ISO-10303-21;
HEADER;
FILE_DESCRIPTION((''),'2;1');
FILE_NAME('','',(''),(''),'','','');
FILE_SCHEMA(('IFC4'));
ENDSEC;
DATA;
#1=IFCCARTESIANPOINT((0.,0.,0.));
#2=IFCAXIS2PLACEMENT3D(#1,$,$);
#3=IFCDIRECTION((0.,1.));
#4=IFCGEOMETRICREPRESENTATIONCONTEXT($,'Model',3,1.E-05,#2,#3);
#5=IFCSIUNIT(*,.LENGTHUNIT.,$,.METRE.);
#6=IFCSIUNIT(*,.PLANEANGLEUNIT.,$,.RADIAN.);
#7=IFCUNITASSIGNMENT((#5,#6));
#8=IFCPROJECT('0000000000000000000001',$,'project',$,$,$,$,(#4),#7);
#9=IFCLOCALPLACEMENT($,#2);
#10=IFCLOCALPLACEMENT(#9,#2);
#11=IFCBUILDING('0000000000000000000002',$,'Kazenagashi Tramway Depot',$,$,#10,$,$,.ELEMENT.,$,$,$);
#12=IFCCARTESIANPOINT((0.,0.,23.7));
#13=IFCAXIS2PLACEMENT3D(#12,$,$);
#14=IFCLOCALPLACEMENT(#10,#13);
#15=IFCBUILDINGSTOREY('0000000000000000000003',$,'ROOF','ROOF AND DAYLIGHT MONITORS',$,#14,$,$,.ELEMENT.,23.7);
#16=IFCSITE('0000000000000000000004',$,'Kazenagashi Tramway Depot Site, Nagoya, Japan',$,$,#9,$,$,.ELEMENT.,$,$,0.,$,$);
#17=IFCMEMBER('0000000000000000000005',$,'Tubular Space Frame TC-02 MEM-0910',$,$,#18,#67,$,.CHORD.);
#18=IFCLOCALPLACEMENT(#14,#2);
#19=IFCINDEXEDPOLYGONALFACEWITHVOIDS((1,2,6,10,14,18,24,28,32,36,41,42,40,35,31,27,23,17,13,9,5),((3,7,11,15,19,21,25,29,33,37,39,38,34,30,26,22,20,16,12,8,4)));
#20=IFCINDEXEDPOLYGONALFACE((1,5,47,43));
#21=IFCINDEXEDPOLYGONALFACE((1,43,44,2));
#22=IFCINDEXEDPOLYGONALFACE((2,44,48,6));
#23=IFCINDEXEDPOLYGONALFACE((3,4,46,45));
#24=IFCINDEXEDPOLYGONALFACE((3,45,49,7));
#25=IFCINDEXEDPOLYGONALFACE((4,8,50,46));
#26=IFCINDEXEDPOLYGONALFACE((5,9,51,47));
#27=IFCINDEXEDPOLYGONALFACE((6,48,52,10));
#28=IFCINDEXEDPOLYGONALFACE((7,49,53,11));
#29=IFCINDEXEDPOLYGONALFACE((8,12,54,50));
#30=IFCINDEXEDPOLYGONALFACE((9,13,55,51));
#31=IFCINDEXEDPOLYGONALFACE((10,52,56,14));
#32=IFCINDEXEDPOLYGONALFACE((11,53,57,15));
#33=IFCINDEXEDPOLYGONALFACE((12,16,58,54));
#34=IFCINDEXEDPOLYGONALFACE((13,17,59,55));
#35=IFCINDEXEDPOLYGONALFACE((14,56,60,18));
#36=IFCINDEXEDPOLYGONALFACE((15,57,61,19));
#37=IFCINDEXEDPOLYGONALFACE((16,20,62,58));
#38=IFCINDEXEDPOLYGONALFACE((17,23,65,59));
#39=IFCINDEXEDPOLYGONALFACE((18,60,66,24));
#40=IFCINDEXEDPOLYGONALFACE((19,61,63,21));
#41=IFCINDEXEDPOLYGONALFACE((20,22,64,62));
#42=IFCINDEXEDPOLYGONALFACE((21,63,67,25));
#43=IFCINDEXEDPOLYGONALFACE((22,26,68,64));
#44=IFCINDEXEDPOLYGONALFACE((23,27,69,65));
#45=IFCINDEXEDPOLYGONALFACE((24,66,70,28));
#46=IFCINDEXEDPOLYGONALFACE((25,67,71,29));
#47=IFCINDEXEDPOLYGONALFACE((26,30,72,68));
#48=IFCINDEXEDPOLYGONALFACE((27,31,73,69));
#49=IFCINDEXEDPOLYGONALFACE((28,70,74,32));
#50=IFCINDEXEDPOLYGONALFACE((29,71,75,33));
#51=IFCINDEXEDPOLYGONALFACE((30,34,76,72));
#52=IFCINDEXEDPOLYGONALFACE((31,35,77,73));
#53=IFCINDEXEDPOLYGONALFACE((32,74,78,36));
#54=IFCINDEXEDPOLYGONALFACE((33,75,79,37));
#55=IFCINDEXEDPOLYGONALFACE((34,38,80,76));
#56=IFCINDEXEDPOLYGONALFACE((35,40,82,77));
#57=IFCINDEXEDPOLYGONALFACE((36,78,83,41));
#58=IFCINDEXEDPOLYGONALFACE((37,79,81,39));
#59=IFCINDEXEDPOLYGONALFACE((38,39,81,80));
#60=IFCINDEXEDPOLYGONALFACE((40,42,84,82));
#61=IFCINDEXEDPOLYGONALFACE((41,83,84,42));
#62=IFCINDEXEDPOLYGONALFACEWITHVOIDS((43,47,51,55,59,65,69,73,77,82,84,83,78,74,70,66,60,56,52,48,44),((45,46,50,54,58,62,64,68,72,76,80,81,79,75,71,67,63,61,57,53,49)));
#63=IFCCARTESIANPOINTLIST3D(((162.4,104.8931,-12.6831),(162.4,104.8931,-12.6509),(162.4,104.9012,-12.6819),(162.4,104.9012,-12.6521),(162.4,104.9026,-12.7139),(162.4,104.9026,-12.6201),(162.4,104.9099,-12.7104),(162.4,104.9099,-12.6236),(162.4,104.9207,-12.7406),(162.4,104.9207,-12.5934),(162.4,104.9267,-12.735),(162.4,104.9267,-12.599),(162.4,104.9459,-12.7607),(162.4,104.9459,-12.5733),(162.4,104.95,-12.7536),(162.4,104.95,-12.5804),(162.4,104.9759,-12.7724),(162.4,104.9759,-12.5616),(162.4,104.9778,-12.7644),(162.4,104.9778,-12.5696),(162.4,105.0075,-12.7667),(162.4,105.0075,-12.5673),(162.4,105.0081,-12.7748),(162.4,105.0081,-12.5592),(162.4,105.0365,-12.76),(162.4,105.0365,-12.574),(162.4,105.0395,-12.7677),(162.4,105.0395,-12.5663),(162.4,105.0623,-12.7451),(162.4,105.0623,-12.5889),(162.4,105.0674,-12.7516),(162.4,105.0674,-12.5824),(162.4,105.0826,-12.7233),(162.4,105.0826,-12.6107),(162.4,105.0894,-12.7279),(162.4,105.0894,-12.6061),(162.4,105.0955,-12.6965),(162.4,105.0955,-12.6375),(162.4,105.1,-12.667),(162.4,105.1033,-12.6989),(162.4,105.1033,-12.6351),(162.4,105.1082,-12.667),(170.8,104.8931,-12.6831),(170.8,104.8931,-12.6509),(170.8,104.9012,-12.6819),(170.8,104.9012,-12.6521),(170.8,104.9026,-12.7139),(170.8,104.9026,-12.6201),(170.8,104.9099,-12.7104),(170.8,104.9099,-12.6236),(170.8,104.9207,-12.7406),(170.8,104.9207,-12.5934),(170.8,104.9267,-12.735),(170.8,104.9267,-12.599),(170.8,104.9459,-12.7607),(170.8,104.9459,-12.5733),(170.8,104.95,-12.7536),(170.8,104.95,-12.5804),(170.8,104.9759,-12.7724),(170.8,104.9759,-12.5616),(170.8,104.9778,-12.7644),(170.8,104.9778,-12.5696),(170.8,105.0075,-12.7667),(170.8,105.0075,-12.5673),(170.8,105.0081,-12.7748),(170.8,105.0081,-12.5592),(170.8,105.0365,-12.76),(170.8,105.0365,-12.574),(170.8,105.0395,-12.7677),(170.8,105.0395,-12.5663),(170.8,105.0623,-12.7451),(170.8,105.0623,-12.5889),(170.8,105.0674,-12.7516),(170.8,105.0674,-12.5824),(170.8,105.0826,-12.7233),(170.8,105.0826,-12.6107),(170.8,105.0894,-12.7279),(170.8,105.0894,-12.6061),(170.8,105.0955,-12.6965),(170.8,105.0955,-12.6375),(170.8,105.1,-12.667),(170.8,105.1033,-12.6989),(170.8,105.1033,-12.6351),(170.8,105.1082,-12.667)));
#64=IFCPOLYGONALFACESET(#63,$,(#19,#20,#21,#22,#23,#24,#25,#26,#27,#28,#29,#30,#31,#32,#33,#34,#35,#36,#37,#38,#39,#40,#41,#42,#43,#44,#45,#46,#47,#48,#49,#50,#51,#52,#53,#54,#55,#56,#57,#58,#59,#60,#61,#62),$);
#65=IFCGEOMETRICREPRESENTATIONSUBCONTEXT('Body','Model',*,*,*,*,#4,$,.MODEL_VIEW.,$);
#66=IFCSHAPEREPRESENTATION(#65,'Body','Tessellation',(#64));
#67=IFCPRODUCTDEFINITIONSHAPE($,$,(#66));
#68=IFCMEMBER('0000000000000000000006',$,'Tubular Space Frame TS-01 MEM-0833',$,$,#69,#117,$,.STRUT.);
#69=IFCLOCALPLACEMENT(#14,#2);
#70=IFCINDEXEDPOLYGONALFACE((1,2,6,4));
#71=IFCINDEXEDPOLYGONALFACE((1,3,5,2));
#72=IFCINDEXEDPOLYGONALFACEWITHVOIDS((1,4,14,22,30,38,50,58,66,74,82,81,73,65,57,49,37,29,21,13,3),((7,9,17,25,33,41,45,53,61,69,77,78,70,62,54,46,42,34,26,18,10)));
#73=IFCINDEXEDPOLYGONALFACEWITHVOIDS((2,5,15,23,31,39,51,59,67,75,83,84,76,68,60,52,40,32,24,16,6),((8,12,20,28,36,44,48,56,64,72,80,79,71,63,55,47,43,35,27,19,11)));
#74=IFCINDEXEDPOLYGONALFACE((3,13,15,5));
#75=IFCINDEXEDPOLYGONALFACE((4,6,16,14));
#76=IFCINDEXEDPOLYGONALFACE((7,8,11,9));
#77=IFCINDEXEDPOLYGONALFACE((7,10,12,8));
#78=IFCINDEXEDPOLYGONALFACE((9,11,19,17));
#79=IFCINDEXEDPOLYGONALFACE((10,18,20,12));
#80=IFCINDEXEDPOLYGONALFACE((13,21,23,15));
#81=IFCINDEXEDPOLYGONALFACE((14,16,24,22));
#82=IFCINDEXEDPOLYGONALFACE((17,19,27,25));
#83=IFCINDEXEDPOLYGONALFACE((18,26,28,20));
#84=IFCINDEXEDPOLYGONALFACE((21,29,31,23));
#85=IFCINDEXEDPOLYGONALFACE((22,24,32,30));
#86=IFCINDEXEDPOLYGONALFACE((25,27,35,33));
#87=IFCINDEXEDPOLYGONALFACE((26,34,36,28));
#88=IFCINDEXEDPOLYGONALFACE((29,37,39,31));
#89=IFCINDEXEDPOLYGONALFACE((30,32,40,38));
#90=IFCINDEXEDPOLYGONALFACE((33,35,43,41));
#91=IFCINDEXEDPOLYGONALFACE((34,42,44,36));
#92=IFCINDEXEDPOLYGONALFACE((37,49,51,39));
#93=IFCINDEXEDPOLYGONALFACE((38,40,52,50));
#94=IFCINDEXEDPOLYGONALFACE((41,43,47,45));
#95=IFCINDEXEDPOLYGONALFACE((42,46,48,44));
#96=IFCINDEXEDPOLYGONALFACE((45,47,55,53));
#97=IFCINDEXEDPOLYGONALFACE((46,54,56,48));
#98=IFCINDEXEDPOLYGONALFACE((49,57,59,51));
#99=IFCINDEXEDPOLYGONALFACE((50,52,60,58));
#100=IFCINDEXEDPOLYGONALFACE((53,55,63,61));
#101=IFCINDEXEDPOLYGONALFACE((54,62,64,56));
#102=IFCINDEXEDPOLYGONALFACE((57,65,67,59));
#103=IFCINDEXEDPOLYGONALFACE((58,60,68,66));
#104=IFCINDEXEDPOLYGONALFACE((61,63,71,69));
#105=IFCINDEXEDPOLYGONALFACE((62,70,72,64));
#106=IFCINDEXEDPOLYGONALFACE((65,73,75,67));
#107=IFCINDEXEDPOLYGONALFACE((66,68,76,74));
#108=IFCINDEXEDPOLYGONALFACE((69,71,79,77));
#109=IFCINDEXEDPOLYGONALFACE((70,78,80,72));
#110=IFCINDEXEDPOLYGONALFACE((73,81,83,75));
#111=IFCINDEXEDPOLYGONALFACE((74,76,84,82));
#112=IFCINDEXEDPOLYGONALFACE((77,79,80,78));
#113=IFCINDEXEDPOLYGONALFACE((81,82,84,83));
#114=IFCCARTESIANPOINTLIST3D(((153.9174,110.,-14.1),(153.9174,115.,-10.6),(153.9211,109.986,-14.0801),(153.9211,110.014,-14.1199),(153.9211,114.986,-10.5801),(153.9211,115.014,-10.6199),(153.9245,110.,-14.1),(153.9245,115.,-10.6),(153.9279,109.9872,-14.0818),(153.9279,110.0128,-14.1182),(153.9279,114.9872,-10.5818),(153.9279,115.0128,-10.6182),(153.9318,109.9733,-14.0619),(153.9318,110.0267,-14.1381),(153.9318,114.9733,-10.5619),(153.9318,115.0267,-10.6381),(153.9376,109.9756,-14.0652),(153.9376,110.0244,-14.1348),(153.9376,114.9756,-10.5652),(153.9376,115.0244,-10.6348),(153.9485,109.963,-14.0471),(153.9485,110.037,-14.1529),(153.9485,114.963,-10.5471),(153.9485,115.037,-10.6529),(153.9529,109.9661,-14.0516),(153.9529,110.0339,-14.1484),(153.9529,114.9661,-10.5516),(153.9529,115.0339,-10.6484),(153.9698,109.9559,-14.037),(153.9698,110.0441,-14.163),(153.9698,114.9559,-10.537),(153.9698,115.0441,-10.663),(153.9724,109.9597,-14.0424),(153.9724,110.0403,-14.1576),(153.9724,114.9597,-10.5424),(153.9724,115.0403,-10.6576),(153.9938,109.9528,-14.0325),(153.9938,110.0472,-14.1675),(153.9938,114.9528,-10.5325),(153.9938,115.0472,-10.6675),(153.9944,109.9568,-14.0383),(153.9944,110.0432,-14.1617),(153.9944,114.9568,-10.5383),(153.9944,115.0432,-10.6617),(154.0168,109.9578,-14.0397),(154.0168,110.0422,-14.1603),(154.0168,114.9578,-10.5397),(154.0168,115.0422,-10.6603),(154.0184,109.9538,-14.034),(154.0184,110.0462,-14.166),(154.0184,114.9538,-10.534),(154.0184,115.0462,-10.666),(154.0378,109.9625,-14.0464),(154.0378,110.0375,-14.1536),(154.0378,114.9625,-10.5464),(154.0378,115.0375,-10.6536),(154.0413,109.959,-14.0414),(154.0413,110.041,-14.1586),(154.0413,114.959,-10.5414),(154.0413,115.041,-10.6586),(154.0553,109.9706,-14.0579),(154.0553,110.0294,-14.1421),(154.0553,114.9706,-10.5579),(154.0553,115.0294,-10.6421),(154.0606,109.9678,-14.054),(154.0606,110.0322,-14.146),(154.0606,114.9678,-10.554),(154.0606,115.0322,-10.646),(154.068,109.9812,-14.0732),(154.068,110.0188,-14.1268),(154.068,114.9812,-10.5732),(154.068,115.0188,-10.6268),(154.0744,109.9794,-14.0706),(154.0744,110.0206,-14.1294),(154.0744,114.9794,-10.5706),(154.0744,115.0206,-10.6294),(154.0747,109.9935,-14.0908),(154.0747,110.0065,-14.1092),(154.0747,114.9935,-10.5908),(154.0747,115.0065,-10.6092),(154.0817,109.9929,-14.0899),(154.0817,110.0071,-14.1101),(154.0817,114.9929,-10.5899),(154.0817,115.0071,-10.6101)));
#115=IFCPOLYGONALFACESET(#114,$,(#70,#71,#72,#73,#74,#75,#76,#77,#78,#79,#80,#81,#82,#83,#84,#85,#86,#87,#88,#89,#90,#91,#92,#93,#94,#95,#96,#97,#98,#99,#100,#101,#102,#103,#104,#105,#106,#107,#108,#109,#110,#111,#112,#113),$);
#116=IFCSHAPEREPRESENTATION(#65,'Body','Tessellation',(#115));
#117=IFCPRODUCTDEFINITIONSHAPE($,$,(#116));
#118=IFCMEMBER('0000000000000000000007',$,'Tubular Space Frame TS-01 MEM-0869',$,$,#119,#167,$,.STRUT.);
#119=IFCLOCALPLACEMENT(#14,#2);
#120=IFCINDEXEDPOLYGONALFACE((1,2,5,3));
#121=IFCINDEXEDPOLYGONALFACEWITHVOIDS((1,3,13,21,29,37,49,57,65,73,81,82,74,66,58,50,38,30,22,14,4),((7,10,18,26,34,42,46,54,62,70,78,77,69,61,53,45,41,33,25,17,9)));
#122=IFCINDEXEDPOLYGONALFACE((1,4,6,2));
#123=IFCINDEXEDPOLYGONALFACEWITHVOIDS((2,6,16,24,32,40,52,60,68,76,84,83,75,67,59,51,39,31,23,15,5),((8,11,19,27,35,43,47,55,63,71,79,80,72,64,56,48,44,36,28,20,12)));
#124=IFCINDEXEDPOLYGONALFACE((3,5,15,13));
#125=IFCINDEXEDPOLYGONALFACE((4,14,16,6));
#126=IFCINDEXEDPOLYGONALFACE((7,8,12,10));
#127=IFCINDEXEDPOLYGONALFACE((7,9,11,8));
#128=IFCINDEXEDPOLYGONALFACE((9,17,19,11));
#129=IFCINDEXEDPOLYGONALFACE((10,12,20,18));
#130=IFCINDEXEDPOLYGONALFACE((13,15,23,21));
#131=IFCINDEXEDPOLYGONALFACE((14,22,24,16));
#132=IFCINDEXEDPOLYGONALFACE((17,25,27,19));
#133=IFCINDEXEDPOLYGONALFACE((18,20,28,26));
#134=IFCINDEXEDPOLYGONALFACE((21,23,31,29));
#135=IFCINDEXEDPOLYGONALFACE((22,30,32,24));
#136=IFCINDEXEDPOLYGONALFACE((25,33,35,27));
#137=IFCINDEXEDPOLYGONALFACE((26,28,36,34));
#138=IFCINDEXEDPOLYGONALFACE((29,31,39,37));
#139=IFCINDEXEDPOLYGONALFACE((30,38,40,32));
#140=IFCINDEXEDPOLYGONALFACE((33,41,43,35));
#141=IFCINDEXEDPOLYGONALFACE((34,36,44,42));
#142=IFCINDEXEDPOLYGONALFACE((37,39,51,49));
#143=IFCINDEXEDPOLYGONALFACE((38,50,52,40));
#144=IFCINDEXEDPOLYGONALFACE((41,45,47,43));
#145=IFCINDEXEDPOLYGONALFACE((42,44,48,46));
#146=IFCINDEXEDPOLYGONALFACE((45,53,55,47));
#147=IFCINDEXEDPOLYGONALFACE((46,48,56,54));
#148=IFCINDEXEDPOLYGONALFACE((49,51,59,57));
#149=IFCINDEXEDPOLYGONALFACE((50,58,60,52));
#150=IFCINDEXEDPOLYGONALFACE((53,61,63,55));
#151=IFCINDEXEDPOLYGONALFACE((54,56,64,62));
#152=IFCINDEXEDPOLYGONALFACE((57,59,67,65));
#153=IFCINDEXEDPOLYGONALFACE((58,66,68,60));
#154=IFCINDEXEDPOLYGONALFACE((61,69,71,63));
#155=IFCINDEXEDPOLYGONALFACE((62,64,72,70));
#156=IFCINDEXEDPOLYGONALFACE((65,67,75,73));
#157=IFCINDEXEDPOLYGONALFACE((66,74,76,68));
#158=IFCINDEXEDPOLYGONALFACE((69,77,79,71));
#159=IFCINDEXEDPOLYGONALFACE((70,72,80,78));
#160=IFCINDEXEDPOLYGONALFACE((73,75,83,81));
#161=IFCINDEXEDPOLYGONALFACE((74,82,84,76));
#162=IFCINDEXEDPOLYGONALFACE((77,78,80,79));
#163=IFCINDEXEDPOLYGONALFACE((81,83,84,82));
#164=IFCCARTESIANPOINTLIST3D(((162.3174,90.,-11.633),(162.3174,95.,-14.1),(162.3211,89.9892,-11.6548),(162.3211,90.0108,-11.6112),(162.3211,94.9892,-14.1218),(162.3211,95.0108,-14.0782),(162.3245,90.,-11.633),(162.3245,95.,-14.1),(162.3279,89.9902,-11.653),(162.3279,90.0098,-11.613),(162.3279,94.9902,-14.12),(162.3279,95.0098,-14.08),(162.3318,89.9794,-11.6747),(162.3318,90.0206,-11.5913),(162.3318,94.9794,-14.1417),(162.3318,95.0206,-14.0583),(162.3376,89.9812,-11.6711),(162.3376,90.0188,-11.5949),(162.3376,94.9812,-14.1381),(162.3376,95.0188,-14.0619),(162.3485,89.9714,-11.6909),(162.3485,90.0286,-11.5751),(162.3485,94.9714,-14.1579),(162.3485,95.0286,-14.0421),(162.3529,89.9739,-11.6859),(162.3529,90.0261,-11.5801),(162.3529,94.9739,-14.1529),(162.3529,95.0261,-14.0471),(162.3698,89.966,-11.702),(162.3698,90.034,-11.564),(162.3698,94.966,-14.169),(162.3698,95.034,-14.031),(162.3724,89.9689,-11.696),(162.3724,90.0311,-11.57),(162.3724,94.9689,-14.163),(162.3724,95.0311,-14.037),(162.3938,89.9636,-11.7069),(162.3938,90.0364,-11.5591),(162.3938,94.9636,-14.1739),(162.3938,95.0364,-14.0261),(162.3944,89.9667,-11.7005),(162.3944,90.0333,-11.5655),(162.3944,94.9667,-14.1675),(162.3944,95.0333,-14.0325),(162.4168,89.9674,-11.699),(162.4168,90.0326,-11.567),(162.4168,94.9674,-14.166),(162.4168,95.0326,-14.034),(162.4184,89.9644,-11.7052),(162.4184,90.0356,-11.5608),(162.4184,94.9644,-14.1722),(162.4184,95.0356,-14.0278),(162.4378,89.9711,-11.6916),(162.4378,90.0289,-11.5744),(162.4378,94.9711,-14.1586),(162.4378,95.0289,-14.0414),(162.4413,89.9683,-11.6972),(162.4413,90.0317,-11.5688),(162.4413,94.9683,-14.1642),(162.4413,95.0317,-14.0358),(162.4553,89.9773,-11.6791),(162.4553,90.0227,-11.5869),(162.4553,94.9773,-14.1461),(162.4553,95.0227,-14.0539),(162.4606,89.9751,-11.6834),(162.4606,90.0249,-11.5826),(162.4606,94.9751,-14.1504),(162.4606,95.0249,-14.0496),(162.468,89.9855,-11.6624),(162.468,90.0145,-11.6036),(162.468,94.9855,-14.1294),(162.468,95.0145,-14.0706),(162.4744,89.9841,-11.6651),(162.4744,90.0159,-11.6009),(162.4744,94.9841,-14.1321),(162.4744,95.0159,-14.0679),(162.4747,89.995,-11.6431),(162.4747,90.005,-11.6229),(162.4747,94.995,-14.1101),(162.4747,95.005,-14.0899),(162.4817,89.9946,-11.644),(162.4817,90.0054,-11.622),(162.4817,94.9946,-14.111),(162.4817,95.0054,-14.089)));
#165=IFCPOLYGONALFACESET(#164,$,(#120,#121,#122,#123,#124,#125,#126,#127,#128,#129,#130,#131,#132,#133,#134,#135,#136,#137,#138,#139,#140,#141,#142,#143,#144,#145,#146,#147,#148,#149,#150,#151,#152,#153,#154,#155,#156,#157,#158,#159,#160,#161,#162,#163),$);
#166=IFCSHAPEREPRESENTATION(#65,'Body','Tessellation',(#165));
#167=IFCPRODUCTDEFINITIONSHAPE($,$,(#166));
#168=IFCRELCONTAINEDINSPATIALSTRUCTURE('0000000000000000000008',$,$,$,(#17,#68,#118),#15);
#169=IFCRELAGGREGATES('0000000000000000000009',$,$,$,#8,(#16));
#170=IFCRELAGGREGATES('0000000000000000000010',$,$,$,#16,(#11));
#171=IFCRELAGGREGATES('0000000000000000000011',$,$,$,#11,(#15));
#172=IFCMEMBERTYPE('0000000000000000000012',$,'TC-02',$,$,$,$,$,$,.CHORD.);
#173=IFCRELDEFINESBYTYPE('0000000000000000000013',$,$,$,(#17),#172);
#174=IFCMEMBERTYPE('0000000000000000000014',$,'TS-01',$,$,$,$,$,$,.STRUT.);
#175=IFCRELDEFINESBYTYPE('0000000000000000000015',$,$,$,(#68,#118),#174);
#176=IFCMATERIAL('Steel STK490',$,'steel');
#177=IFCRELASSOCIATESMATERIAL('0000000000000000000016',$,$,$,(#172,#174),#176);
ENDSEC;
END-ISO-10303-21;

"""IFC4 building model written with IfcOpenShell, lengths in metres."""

from ifc_helpers import new_model, si_unit, direction, frame, origin, origin_2d, place, context, subcontext, project, spatial, hollow_circle, extrude, material, material_profile, profile_set, type_object, element, save


model = new_model("IFC4")

# Units and contexts
model_context = context("Model", 3, precision=1e-05, world=origin(), true_north=direction((0.0, 1.0)))
body_context = subcontext(model_context, "Body", "Model", "MODEL_VIEW")
ifc_project = project(units=[si_unit("LENGTHUNIT", "METRE"), si_unit("PLANEANGLEUNIT", "RADIAN")], contexts=[model_context])

# Site, building, storey
site_placement = place(None, origin())
site = spatial("IfcSite", under=ifc_project, at=site_placement, Name="Kazenagashi Tramway Depot Site, Nagoya, Japan", CompositionType="ELEMENT", RefElevation=0.0)
building_placement = place(site_placement, origin())
building = spatial("IfcBuilding", under=site, at=building_placement, Name="Kazenagashi Tramway Depot", CompositionType="ELEMENT")
storey_placement = place(building_placement, frame((0.0, 0.0, 23.7)))
storey = spatial("IfcBuildingStorey", under=building, at=storey_placement, Name="ROOF", Description="ROOF AND DAYLIGHT MONITORS", CompositionType="ELEMENT", Elevation=23.7)

# Members
ifc_material_1 = material(Name="Steel STK490", Category="steel")
ifc_material_profile_1 = material_profile(ifc_material_1, hollow_circle(Radius=0.1081, WallThickness=0.0082, at=origin_2d()), Name="CHS-216.3x8.2")
ifc_profile_set_1 = profile_set([ifc_material_profile_1], Name="Steel STK490")
member_type_1 = type_object("IfcMemberType", Name="TC-02", PredefinedType="CHORD", material=ifc_profile_set_1)
member_1_placement = place(storey_placement, frame((162.4, 105.0, -12.667), z_axis=(1.0, 0.0, 0.0), x_axis=(0.0, 1.0, 0.0)))
element("IfcMember", 1, at=member_1_placement, inside=storey, type_object=member_type_1, Name="Tubular Space Frame TC-02 MEM-0910", PredefinedType="CHORD", context=body_context, shape_type="SweptSolid", body=[
    extrude(hollow_circle(Radius=0.1081, WallThickness=0.0082, at=origin_2d()), origin(), (0.0, 0.0, 1.0), 8.4),
])
ifc_material_profile_2 = material_profile(ifc_material_1, hollow_circle(Radius=0.0826, WallThickness=0.0071, at=origin_2d()), Name="CHS-165.2x7.1")
ifc_profile_set_2 = profile_set([ifc_material_profile_2], Name="Steel STK490")
member_type_2 = type_object("IfcMemberType", Name="TS-01", PredefinedType="STRUT", material=ifc_profile_set_2)
member_2_placement = place(storey_placement, frame((154.0, 110.0, -14.1), z_axis=(0.0, 0.819232, 0.573462), x_axis=(-1.0, 0.0, 0.0)))
element("IfcMember", 2, at=member_2_placement, inside=storey, type_object=member_type_2, Name="Tubular Space Frame TS-01 MEM-0833", PredefinedType="STRUT", context=body_context, shape_type="SweptSolid", body=[
    extrude(hollow_circle(Radius=0.0826, WallThickness=0.0071, at=origin_2d()), origin(), (0.0, 0.0, 1.0), 6.1033),
])
member_3_placement = place(storey_placement, frame((162.4, 90.0, -11.633), z_axis=(0.0, 0.896782, -0.442472), x_axis=(-1.0, 0.0, 0.0)))
element("IfcMember", 3, at=member_3_placement, inside=storey, type_object=member_type_2, Name="Tubular Space Frame TS-01 MEM-0869", PredefinedType="STRUT", context=body_context, shape_type="SweptSolid", body=[
    extrude(hollow_circle(Radius=0.0826, WallThickness=0.0071, at=origin_2d()), origin(), (0.0, 0.0, 1.0), 5.5755),
])

save(model, "model.ifc")
